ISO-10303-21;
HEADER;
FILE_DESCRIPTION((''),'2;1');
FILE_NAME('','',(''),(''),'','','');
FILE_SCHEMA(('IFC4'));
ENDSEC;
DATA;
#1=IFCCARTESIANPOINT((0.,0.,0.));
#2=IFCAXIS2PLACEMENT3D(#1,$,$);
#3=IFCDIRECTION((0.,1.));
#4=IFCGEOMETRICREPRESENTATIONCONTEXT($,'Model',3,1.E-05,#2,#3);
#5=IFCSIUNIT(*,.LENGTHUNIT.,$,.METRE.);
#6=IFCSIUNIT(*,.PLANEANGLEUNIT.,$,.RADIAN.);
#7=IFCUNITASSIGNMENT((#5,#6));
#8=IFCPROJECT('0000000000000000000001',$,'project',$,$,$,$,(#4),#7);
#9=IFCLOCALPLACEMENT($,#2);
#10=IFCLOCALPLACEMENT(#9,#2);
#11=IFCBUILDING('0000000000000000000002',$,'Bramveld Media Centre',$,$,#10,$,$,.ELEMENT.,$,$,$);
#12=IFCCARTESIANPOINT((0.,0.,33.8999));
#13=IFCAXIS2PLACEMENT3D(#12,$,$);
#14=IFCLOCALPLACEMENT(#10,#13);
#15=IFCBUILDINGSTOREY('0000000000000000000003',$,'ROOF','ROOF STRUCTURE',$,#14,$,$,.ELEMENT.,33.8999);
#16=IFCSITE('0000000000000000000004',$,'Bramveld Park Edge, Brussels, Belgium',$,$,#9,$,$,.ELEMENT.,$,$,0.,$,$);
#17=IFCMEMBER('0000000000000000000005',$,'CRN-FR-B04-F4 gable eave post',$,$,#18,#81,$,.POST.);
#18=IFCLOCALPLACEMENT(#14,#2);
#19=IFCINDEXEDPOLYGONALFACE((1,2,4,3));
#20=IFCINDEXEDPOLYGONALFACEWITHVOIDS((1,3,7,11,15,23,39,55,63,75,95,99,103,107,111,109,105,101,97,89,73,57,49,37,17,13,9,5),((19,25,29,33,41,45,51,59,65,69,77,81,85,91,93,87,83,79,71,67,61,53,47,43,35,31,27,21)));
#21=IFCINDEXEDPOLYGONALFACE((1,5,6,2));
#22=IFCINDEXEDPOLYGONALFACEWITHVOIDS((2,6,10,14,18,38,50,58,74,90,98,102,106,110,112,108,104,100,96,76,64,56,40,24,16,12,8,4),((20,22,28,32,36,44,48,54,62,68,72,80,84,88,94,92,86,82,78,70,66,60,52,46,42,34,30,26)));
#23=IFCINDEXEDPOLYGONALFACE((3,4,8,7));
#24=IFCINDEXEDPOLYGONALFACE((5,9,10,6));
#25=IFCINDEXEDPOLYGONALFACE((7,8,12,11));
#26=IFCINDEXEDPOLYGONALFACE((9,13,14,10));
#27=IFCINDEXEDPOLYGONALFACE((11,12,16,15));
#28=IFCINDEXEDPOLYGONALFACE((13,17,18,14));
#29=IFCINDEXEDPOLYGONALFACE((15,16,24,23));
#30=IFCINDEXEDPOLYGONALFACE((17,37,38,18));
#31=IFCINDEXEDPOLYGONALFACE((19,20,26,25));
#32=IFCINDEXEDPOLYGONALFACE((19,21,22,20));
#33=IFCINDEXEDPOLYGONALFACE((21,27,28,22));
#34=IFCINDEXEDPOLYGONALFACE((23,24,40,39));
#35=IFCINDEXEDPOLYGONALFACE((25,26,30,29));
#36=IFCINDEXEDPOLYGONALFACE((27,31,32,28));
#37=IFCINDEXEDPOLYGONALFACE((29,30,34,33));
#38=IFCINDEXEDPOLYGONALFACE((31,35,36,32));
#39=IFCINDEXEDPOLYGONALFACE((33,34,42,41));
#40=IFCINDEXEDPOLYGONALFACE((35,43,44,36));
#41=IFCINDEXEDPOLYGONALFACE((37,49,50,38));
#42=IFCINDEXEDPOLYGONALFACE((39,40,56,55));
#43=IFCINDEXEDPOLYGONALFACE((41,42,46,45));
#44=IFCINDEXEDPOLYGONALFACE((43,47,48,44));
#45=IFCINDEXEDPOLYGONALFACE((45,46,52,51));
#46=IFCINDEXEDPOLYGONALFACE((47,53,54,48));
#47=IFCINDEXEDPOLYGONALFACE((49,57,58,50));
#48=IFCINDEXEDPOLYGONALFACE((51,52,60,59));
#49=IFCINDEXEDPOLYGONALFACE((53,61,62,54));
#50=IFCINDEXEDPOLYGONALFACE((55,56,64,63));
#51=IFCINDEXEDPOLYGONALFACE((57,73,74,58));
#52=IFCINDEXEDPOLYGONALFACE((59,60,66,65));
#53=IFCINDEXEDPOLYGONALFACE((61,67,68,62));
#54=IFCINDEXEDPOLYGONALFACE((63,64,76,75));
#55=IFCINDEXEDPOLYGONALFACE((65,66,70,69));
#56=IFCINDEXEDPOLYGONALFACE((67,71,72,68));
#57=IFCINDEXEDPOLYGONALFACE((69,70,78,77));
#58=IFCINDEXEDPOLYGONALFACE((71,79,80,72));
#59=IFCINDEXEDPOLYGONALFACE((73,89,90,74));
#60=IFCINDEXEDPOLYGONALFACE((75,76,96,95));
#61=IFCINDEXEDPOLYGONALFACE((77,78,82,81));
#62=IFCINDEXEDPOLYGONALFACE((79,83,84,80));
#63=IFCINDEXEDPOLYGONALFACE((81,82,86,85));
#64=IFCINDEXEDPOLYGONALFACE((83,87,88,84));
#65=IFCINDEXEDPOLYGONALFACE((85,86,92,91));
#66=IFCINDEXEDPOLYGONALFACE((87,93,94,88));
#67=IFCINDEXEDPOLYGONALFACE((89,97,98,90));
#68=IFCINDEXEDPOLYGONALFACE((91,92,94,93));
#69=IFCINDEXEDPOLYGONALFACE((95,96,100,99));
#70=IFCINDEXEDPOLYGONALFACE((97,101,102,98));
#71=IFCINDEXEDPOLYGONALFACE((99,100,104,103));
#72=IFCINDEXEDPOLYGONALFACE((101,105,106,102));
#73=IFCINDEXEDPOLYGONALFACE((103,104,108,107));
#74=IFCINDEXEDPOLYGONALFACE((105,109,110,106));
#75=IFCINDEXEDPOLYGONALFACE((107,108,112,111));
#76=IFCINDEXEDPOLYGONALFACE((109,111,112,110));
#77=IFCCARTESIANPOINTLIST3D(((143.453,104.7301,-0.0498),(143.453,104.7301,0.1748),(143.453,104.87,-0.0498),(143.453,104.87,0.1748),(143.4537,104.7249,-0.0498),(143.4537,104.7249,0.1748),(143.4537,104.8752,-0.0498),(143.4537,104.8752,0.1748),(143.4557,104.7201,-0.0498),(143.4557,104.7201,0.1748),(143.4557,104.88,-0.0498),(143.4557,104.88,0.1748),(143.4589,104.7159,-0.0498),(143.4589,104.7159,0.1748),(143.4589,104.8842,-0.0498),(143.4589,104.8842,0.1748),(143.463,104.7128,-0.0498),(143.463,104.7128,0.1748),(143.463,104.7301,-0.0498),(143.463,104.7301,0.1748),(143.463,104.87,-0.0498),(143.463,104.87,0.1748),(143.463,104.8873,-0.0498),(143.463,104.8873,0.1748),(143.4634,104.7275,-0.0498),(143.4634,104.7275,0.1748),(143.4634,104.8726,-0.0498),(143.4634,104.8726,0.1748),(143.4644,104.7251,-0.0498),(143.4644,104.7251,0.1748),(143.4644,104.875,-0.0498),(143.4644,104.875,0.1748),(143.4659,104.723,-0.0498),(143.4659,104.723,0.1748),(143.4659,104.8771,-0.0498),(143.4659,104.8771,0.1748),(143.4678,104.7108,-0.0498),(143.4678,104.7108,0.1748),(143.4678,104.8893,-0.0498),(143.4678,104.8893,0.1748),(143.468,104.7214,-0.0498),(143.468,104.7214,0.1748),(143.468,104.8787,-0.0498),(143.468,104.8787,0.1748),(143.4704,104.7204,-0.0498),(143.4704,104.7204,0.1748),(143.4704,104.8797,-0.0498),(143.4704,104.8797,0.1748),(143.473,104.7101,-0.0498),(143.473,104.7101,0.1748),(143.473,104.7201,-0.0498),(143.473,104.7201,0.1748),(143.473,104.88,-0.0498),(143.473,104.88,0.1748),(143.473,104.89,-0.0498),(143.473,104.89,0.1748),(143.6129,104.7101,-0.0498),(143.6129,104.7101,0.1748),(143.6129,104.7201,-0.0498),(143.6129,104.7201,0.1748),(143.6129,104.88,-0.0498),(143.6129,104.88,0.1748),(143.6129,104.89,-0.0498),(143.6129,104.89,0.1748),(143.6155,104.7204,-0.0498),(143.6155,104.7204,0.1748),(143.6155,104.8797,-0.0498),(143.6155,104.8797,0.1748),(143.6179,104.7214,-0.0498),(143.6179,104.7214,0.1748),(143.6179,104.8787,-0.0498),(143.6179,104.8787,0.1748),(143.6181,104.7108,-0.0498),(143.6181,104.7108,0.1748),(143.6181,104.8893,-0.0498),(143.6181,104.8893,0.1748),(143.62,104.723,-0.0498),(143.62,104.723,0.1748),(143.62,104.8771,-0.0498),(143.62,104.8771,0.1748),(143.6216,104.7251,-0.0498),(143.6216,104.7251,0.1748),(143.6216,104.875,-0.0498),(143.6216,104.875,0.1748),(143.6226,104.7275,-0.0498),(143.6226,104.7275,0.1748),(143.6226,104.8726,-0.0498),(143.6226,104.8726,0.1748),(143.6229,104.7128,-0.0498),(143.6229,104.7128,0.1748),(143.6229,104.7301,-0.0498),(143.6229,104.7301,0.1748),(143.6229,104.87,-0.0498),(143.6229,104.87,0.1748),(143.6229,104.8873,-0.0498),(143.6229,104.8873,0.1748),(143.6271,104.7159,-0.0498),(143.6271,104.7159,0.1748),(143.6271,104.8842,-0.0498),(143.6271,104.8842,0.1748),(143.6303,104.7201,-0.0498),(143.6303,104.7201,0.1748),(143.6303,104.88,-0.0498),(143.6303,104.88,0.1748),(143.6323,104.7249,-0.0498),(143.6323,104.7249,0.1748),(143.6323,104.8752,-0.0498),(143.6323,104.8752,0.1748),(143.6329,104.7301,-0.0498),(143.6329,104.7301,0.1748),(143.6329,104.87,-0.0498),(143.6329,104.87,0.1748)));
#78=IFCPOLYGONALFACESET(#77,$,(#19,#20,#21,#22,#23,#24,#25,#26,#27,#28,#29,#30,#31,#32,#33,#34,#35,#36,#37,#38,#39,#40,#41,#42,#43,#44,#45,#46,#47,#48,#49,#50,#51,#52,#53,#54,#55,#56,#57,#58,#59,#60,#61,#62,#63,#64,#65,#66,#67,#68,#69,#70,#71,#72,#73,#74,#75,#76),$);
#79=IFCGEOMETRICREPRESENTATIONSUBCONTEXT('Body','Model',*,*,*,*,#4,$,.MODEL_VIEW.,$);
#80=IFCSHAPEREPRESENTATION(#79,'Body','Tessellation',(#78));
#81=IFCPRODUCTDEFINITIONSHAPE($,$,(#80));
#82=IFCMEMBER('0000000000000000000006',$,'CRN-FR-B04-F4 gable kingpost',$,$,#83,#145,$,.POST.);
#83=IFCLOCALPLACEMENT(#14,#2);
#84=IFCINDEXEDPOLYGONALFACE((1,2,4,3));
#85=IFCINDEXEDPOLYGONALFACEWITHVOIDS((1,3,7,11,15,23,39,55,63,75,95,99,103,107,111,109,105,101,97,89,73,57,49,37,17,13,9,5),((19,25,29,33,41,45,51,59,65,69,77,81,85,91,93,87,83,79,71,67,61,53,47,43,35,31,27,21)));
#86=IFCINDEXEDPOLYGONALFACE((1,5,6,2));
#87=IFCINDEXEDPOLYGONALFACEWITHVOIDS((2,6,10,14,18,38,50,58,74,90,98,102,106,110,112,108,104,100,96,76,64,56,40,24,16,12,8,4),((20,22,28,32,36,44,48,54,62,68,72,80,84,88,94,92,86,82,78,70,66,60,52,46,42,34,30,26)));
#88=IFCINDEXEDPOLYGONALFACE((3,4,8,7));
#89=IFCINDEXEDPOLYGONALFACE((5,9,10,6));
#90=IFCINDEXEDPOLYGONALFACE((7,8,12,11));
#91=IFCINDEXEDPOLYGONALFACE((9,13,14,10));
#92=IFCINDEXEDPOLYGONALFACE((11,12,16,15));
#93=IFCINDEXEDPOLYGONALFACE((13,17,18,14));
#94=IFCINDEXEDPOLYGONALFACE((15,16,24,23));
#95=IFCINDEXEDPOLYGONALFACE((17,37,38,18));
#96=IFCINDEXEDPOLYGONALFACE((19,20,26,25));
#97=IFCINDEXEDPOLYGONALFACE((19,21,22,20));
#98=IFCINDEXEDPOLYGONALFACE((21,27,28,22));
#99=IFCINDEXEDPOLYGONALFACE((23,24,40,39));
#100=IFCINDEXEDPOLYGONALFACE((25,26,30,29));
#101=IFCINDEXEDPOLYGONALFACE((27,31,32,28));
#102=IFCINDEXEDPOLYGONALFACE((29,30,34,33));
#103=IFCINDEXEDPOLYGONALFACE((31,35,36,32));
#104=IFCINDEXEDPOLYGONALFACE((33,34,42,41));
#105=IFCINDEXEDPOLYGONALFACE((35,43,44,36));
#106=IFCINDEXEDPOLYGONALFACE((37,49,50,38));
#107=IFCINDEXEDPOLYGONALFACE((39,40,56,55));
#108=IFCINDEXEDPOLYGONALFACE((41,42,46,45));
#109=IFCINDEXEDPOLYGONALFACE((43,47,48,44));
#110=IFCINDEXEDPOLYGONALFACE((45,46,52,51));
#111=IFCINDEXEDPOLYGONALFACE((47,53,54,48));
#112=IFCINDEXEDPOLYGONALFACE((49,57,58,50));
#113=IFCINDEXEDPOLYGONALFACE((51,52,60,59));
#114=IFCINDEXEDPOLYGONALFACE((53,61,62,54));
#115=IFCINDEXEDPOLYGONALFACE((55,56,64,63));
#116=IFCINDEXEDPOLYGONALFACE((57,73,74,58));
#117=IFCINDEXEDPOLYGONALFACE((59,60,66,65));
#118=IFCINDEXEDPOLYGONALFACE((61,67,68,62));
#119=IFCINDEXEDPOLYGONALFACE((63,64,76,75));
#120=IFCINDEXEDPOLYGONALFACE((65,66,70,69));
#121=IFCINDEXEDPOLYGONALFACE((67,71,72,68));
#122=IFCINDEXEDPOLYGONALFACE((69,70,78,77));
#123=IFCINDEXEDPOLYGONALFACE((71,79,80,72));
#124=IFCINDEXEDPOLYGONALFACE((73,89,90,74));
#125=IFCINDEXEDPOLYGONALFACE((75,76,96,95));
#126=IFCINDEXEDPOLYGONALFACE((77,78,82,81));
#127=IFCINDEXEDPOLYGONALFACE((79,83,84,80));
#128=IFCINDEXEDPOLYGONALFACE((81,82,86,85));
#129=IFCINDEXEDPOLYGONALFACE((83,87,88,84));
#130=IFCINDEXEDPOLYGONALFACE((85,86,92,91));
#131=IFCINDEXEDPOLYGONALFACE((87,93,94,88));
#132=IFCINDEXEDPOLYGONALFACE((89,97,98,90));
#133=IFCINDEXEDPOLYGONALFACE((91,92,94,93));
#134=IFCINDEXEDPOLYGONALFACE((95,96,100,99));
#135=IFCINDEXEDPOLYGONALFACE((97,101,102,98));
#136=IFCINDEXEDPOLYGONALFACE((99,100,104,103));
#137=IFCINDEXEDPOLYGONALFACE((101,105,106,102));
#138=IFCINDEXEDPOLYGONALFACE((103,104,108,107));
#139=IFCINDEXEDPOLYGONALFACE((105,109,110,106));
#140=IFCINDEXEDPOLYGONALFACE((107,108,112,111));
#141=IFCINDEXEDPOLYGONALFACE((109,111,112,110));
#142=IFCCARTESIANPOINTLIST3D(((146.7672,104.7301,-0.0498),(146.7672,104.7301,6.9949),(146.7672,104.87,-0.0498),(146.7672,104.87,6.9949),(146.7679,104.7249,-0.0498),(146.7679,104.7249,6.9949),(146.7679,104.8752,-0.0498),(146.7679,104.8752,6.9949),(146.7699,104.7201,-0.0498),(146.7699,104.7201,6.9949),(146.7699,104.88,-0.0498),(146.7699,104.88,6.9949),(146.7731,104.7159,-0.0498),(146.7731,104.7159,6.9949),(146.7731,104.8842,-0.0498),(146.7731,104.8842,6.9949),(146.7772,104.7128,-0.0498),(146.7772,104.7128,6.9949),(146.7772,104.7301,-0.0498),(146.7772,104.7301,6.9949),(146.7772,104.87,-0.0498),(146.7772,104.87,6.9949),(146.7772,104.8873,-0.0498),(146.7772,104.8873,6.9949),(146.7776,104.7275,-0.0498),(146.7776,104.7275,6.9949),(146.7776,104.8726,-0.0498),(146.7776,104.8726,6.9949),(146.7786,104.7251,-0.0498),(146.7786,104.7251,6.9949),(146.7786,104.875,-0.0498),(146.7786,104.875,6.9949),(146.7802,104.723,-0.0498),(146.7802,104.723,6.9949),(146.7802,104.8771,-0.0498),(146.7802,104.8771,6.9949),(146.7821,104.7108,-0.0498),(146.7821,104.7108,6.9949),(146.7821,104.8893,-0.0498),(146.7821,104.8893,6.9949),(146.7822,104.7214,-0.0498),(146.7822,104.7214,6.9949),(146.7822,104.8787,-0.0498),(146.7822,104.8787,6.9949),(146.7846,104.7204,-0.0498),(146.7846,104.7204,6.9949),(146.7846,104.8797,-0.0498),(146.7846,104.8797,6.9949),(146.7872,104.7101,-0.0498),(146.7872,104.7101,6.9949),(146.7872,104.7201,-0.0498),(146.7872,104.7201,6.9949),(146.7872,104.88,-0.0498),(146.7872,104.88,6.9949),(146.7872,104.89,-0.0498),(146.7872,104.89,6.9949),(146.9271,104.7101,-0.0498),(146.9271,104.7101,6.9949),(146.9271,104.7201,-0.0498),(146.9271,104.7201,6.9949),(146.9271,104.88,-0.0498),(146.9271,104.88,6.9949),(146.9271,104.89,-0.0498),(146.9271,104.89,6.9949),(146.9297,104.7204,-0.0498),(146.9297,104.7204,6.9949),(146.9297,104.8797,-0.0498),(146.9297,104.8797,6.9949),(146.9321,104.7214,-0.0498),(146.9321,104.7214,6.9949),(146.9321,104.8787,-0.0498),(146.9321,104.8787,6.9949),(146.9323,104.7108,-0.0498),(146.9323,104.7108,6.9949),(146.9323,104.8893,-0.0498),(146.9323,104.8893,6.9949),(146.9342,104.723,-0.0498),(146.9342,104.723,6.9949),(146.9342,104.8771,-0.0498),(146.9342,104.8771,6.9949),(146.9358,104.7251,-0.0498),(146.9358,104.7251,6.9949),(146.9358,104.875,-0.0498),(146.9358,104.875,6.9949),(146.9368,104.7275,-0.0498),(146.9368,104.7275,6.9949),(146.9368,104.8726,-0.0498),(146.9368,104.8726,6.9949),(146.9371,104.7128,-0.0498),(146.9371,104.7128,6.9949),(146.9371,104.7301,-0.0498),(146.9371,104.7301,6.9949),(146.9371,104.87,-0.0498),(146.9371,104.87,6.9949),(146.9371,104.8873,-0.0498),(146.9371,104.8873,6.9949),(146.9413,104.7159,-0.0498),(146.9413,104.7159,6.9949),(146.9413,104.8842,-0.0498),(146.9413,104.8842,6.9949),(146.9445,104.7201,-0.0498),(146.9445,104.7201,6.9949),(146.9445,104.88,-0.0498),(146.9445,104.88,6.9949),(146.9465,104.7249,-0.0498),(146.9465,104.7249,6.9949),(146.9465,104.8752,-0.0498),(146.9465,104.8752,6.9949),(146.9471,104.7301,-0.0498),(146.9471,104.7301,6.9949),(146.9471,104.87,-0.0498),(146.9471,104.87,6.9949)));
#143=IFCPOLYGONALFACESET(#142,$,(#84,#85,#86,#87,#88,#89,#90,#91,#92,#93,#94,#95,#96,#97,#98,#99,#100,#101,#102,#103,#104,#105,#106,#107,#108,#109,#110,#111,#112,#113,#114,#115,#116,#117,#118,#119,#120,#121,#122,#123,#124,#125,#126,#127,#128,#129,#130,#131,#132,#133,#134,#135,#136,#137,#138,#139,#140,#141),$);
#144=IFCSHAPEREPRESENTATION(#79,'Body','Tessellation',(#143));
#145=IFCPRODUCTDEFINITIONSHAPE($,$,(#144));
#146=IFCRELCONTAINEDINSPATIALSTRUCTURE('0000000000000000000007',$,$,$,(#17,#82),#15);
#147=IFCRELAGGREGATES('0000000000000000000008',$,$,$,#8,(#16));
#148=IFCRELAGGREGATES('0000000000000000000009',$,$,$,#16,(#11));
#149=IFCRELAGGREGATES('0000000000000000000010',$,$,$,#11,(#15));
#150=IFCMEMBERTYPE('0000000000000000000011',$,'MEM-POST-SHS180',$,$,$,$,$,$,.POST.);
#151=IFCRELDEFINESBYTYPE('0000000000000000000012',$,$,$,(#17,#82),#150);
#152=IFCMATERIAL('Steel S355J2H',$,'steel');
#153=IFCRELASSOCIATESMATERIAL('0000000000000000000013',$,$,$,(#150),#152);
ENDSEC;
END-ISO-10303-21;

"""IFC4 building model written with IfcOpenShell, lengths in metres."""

from ifc_helpers import new_model, si_unit, direction, frame, origin, origin_2d, place, context, subcontext, project, spatial, hollow_rectangle, extrude, material, material_profile, profile_set, type_object, element, save


model = new_model("IFC4")

# Units and contexts
model_context = context("Model", 3, precision=1e-05, world=origin(), true_north=direction((0.0, 1.0)))
body_context = subcontext(model_context, "Body", "Model", "MODEL_VIEW")
ifc_project = project(units=[si_unit("LENGTHUNIT", "METRE"), si_unit("PLANEANGLEUNIT", "RADIAN")], contexts=[model_context])

# Site, building, storey
site_placement = place(None, origin())
site = spatial("IfcSite", under=ifc_project, at=site_placement, Name="Bramveld Park Edge, Brussels, Belgium", CompositionType="ELEMENT", RefElevation=0.0)
building_placement = place(site_placement, origin())
building = spatial("IfcBuilding", under=site, at=building_placement, Name="Bramveld Media Centre", CompositionType="ELEMENT")
storey_placement = place(building_placement, frame((0.0, 0.0, 33.8999)))
storey = spatial("IfcBuildingStorey", under=building, at=storey_placement, Name="ROOF", Description="ROOF STRUCTURE", CompositionType="ELEMENT", Elevation=33.8999)

# Members
ifc_material_1 = material(Name="Steel S355J2H", Category="steel")
ifc_material_profile_1 = material_profile(ifc_material_1, hollow_rectangle(XDim=0.1799, YDim=0.1799, WallThickness=0.01, InnerFilletRadius=0.01, OuterFilletRadius=0.02, at=origin_2d()), Name="SHS 180x180x10")
ifc_profile_set_1 = profile_set([ifc_material_profile_1], Name="Steel S355J2H")
member_type_1 = type_object("IfcMemberType", Name="MEM-POST-SHS180", PredefinedType="POST", material=ifc_profile_set_1)
member_1_placement = place(storey_placement, frame((143.543, 104.8, -0.0498), z_axis=(0.0, 0.0, 1.0), x_axis=(1.0, 0.0, 0.0)))
element("IfcMember", 1, at=member_1_placement, inside=storey, type_object=member_type_1, Name="CRN-FR-B04-F4 gable eave post", PredefinedType="POST", context=body_context, shape_type="SweptSolid", body=[
    extrude(hollow_rectangle(XDim=0.1799, YDim=0.1799, WallThickness=0.01, InnerFilletRadius=0.01, OuterFilletRadius=0.02, at=origin_2d()), origin(), (0.0, 0.0, 1.0), 0.2246),
])
member_2_placement = place(storey_placement, frame((146.8572, 104.8, -0.0498), z_axis=(0.0, 0.0, 1.0), x_axis=(1.0, 0.0, 0.0)))
element("IfcMember", 2, at=member_2_placement, inside=storey, type_object=member_type_1, Name="CRN-FR-B04-F4 gable kingpost", PredefinedType="POST", context=body_context, shape_type="SweptSolid", body=[
    extrude(hollow_rectangle(XDim=0.1799, YDim=0.1799, WallThickness=0.01, InnerFilletRadius=0.01, OuterFilletRadius=0.02, at=origin_2d()), origin(), (0.0, 0.0, 1.0), 7.0447),
])

save(model, "model.ifc")
